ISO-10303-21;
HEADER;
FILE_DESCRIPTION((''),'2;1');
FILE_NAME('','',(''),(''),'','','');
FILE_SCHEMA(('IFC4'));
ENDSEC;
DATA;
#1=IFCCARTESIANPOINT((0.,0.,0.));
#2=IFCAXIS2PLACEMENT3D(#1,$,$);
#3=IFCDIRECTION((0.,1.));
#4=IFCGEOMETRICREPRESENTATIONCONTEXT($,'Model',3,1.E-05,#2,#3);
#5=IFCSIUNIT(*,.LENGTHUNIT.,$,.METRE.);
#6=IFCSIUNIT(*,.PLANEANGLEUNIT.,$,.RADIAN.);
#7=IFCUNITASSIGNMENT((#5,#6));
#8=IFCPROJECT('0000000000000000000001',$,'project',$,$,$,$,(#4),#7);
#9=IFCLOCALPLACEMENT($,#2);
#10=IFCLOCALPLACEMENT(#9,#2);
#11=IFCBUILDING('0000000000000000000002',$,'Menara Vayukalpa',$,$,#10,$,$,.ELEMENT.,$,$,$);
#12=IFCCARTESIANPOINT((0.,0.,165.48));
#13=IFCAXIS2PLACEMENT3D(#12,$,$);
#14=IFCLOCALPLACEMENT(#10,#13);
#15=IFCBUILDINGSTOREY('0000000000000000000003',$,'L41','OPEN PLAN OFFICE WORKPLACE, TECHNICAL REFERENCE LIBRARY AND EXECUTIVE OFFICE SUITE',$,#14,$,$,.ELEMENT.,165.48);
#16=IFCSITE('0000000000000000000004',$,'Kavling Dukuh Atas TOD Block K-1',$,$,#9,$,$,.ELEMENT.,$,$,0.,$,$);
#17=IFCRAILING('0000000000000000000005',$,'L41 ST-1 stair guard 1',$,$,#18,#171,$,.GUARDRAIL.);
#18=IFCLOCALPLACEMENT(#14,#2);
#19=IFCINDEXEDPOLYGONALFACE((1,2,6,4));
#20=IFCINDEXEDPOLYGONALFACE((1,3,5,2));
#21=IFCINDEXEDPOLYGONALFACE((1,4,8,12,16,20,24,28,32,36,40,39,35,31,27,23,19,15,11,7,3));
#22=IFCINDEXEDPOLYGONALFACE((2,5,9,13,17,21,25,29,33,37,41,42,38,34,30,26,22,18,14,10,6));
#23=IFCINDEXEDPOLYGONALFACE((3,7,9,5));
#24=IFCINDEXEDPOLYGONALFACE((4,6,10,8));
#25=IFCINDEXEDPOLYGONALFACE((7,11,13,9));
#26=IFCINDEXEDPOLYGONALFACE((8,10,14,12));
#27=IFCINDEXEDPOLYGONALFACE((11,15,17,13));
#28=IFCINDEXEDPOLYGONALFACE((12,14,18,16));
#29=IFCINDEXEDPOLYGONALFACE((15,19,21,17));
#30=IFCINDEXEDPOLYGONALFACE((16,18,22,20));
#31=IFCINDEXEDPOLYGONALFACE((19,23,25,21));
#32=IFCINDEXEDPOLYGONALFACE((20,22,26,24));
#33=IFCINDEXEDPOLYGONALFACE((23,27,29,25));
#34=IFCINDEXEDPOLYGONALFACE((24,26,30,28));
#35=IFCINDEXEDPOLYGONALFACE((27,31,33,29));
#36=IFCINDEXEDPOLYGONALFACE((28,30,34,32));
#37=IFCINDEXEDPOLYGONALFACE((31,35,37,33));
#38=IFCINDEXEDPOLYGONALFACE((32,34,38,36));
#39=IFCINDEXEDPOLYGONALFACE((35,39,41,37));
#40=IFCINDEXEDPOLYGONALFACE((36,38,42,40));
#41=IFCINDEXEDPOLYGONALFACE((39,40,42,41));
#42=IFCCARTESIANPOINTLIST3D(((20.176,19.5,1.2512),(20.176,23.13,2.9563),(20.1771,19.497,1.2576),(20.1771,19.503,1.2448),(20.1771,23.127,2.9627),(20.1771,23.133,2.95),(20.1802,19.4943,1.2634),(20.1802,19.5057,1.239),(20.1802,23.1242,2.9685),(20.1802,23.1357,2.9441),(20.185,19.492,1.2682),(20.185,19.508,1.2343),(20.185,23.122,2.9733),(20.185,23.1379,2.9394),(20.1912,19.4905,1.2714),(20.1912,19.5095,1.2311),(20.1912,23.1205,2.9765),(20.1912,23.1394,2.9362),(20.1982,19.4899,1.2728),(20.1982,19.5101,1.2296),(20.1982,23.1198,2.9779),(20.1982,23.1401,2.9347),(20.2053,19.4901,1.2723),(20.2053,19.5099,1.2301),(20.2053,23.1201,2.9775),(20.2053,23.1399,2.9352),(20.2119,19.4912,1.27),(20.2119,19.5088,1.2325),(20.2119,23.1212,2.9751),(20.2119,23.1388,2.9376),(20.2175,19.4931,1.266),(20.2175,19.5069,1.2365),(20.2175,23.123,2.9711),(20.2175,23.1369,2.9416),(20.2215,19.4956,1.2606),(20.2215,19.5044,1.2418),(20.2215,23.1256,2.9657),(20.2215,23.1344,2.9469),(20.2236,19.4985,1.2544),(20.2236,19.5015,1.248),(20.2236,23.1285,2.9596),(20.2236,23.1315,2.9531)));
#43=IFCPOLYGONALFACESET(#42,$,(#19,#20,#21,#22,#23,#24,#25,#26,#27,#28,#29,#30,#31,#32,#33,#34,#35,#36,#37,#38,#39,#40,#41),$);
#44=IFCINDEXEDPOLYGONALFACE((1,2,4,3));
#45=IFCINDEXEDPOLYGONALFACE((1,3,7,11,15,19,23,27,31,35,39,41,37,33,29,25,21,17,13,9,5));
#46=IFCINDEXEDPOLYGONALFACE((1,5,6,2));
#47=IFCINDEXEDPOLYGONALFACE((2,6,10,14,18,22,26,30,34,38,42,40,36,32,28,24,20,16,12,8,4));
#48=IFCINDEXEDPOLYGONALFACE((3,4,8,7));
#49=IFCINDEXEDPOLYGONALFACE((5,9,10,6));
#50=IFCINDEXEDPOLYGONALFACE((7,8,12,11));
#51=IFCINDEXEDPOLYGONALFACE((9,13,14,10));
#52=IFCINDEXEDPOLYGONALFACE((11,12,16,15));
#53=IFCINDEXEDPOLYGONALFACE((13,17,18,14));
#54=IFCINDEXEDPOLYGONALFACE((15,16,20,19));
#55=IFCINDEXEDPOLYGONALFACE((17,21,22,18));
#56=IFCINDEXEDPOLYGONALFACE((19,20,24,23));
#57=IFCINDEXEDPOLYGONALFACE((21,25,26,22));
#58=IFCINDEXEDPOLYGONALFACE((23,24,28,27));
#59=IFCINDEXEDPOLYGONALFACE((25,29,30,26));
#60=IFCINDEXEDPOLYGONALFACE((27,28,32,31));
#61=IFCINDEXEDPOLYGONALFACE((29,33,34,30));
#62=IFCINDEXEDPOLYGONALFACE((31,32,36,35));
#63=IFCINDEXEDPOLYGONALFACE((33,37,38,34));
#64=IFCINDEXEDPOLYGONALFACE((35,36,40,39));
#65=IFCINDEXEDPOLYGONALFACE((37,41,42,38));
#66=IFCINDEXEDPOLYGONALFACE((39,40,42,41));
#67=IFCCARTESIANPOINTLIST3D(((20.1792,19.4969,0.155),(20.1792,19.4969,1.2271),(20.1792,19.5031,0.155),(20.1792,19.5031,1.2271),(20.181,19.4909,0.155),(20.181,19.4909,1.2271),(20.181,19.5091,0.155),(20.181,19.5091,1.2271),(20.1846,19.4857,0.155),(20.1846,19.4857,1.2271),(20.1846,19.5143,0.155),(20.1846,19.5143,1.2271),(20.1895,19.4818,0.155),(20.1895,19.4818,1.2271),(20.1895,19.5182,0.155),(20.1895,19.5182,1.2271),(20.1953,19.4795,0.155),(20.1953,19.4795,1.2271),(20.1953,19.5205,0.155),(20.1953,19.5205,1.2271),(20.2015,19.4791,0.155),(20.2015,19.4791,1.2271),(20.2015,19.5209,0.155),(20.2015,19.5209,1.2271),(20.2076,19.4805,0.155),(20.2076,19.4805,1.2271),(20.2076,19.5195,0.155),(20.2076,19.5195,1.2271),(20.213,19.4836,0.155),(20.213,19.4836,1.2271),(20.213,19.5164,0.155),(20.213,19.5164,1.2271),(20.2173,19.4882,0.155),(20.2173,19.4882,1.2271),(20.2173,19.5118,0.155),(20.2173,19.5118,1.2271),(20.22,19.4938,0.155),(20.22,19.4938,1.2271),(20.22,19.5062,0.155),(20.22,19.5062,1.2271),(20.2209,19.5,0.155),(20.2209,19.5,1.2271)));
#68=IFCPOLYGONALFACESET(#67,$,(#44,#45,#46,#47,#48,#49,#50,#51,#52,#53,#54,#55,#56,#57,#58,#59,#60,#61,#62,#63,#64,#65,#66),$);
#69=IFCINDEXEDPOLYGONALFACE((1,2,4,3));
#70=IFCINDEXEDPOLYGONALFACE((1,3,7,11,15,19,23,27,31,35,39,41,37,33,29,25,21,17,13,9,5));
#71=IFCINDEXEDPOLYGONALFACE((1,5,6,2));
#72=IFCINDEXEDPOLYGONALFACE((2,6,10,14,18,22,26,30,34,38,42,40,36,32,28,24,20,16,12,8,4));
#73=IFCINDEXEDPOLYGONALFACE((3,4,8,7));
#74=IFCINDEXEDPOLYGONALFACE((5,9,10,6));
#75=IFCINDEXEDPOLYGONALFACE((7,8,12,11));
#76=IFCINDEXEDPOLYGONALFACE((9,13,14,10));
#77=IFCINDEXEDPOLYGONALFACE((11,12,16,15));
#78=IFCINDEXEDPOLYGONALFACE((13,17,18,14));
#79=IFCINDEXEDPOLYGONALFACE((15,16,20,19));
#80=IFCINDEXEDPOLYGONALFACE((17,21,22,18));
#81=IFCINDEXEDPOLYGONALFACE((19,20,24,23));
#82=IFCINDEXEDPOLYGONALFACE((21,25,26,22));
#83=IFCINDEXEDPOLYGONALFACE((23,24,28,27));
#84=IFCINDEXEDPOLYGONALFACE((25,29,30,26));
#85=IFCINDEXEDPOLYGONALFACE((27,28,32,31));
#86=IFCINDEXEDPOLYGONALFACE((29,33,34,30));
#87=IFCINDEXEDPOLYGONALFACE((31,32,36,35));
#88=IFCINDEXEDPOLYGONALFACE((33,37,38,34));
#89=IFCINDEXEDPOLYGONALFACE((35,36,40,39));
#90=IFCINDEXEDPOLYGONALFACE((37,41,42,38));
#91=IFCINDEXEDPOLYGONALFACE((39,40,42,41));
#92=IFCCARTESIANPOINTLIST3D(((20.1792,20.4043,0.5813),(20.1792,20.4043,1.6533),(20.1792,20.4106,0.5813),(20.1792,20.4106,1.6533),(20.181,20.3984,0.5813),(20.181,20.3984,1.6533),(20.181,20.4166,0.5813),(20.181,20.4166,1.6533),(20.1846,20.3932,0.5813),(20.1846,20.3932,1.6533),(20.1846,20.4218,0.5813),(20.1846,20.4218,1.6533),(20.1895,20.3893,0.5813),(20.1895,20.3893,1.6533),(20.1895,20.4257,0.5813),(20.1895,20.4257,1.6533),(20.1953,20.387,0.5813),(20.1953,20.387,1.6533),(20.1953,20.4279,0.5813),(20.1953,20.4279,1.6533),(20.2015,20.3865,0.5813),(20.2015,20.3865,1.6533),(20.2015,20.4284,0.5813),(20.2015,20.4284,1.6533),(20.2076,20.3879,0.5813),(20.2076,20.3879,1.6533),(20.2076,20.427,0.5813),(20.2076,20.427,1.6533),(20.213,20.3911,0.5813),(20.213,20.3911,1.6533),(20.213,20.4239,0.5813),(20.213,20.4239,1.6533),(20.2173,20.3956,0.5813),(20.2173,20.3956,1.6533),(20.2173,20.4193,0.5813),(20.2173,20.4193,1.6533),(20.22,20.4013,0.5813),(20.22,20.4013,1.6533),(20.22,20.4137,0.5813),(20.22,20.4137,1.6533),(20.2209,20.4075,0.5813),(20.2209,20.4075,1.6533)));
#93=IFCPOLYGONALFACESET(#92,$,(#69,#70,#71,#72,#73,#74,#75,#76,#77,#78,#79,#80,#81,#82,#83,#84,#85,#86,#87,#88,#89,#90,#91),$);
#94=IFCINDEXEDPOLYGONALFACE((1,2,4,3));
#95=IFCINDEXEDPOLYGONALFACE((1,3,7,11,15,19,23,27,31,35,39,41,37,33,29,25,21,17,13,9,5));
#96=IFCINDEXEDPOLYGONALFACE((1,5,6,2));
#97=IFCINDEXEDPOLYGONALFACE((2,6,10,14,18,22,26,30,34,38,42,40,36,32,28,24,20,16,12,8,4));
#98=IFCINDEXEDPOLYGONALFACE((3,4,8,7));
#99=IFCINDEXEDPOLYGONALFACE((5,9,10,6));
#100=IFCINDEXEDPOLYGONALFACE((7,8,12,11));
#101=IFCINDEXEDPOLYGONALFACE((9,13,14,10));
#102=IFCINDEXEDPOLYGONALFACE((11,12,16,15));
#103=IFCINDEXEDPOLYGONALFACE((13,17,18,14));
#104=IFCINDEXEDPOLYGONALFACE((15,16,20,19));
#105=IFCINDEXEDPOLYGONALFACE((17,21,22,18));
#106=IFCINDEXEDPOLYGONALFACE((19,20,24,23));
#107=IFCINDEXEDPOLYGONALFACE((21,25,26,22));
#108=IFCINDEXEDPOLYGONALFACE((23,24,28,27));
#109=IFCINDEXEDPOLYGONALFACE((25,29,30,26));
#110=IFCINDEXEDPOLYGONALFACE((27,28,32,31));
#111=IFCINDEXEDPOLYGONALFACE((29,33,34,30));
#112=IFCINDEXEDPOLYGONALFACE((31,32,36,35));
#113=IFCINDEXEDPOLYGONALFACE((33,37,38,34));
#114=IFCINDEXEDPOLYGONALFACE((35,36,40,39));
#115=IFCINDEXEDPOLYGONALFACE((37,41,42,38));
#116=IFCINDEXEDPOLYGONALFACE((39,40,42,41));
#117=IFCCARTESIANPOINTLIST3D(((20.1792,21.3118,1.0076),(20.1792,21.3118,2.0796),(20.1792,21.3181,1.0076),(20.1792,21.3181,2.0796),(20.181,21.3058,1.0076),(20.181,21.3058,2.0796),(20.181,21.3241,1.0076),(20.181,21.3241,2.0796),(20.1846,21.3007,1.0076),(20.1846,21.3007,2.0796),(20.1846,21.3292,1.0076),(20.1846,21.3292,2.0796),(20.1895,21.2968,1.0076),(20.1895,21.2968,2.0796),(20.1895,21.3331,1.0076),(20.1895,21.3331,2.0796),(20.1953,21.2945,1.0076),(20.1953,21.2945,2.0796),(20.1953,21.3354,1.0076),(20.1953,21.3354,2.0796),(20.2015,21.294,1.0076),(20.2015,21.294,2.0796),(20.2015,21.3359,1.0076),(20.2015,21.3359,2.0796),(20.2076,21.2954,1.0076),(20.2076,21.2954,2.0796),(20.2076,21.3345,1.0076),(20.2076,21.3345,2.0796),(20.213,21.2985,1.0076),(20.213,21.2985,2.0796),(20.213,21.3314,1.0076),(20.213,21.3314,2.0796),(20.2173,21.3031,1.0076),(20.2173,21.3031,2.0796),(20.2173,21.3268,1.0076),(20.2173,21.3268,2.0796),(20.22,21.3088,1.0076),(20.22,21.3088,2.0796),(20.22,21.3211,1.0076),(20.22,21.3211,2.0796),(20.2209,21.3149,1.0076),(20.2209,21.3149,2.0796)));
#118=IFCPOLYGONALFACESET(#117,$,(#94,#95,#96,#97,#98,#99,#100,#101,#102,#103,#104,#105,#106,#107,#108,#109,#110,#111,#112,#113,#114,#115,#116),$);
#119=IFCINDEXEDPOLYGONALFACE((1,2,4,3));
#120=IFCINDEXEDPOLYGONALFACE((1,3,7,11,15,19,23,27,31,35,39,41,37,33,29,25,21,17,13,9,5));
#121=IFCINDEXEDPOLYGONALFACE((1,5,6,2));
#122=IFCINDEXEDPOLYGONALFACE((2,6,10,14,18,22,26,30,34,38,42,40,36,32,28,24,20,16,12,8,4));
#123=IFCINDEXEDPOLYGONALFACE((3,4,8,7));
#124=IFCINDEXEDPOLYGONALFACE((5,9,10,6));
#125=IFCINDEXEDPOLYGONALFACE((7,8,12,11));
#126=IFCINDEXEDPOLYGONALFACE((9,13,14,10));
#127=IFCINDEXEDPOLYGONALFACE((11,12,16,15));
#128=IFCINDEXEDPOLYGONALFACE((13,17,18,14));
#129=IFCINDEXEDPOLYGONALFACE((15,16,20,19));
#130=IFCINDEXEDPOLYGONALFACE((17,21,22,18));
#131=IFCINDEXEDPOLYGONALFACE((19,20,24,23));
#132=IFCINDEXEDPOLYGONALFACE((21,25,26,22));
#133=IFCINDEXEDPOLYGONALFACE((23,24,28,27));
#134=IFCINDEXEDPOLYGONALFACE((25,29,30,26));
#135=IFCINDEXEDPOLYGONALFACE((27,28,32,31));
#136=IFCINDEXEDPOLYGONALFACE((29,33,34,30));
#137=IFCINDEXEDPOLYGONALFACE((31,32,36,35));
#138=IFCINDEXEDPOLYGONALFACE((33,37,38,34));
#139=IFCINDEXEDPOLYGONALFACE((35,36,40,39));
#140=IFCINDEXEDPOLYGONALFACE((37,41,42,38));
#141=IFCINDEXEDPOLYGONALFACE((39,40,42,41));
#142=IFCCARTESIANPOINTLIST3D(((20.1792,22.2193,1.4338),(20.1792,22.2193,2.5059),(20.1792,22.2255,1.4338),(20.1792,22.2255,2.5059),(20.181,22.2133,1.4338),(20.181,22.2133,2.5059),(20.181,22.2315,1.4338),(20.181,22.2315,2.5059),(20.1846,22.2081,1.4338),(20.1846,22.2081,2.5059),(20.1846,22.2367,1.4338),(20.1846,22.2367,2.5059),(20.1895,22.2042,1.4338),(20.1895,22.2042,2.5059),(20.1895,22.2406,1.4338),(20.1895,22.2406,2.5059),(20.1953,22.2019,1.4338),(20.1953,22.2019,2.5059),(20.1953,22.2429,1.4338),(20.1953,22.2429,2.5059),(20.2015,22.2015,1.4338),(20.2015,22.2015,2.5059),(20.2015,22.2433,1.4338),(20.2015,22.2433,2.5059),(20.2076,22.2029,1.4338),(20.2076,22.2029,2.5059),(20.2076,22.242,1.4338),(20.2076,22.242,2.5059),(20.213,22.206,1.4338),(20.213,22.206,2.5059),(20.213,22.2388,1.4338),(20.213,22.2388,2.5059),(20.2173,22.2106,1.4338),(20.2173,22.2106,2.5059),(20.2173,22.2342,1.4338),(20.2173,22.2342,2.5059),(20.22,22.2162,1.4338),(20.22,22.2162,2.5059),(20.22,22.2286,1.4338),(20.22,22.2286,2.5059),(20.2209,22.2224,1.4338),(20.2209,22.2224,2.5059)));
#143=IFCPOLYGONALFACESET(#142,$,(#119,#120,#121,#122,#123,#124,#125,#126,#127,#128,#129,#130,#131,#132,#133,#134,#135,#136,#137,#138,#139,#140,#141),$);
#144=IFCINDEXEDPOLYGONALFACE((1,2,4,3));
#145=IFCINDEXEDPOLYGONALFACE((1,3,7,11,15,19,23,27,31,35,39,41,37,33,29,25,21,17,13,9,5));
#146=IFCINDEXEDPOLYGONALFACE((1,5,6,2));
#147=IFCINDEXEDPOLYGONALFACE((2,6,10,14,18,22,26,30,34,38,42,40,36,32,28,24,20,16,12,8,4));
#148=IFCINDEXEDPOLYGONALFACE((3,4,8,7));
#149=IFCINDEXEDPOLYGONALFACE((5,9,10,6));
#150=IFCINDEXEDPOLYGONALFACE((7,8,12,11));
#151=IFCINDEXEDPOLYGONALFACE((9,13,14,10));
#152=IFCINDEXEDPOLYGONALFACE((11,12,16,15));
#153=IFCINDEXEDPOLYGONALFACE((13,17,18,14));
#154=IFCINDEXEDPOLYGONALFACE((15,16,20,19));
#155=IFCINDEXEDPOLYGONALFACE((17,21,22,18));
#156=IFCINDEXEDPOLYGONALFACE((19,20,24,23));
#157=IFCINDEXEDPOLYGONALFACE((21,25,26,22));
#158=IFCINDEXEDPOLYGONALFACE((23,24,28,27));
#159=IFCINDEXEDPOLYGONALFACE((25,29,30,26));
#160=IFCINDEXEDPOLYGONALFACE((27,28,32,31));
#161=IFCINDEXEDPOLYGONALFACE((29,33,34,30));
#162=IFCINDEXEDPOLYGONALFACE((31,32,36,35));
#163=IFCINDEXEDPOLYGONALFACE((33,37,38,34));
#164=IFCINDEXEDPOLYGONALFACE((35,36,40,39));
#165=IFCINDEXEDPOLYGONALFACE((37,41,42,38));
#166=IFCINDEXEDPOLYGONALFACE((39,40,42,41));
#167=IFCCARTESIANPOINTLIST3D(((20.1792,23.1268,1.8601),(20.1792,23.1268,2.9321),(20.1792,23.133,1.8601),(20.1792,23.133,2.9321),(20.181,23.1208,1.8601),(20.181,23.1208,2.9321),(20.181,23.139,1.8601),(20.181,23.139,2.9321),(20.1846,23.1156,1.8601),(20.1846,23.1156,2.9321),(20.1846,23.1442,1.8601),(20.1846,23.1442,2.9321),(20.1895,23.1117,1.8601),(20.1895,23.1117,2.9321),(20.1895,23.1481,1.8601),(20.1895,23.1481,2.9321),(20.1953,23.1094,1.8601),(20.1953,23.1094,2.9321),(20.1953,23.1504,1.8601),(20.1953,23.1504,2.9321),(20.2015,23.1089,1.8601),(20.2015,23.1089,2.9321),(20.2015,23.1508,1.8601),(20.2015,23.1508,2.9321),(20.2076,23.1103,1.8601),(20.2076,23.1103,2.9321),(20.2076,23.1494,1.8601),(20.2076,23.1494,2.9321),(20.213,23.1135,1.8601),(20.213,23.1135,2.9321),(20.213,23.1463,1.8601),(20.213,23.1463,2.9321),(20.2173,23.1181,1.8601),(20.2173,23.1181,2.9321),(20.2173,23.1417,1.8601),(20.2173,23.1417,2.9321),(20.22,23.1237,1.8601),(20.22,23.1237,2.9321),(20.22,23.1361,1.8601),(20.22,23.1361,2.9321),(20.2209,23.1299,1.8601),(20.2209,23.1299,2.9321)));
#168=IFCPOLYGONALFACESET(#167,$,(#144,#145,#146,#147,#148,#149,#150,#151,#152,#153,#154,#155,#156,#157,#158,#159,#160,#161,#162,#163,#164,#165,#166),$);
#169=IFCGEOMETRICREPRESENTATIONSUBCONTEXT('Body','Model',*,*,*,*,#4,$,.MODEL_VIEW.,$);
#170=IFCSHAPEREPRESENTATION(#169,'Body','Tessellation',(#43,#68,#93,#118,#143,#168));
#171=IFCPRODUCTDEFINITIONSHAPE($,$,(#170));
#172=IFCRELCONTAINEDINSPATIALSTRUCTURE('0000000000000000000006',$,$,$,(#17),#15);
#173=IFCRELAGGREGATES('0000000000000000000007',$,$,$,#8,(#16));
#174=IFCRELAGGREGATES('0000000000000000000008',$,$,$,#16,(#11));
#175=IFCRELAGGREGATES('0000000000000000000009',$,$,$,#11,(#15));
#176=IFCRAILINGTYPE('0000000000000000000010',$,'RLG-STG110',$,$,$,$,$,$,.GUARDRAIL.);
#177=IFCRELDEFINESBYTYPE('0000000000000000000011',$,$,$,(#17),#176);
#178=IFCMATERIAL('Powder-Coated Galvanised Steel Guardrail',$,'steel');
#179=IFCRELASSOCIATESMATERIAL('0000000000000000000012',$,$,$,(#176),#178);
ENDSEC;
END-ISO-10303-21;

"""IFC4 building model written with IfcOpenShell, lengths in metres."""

from ifc_helpers import new_model, si_unit, direction, frame, origin, origin_2d, place, context, subcontext, project, spatial, circle, extrude, material, type_object, element, save


model = new_model("IFC4")

# Units and contexts
model_context = context("Model", 3, precision=1e-05, world=origin(), true_north=direction((0.0, 1.0)))
body_context = subcontext(model_context, "Body", "Model", "MODEL_VIEW")
ifc_project = project(units=[si_unit("LENGTHUNIT", "METRE"), si_unit("PLANEANGLEUNIT", "RADIAN")], contexts=[model_context])

# Site, building, storey
site_placement = place(None, origin())
site = spatial("IfcSite", under=ifc_project, at=site_placement, Name="Kavling Dukuh Atas TOD Block K-1", CompositionType="ELEMENT", RefElevation=0.0)
building_placement = place(site_placement, origin())
building = spatial("IfcBuilding", under=site, at=building_placement, Name="Menara Vayukalpa", CompositionType="ELEMENT")
storey_placement = place(building_placement, frame((0.0, 0.0, 165.48)))
storey = spatial("IfcBuildingStorey", under=building, at=storey_placement, Name="L41", Description="OPEN PLAN OFFICE WORKPLACE, TECHNICAL REFERENCE LIBRARY AND EXECUTIVE OFFICE SUITE", CompositionType="ELEMENT", Elevation=165.48)

# Railing
ifc_material_1 = material(Name="Powder-Coated Galvanised Steel Guardrail", Category="steel")
railing_type_1 = type_object("IfcRailingType", Name="RLG-STG110", PredefinedType="GUARDRAIL", material=ifc_material_1)
railing_1_placement = place(storey_placement, frame((20.2, 19.5, 0.155)))
element("IfcRailing", 1, at=railing_1_placement, inside=storey, type_object=railing_type_1, Name="L41 ST-1 stair guard 1", PredefinedType="GUARDRAIL", context=body_context, shape_type="SweptSolid", body=[
    extrude(circle(Radius=0.0239, at=origin_2d()), frame((0.0, 0.0, 1.0962), z_axis=(0.0, 0.905116, 0.425164), x_axis=(-1.0, 0.0, 0.0)), (0.0, 0.0, 1.0), 4.0105),
    extrude(circle(Radius=0.021, at=origin_2d()), origin(), (0.0, 0.0, 1.0), 1.072),
    extrude(circle(Radius=0.021, at=origin_2d()), frame((0.0, 0.9075, 0.4263)), (0.0, 0.0, 1.0), 1.072),
    extrude(circle(Radius=0.021, at=origin_2d()), frame((0.0, 1.8149, 0.8525)), (0.0, 0.0, 1.0), 1.072),
    extrude(circle(Radius=0.021, at=origin_2d()), frame((0.0, 2.7224, 1.2788)), (0.0, 0.0, 1.0), 1.072),
    extrude(circle(Radius=0.021, at=origin_2d()), frame((0.0, 3.6299, 1.7051)), (0.0, 0.0, 1.0), 1.072),
])

save(model, "model.ifc")
